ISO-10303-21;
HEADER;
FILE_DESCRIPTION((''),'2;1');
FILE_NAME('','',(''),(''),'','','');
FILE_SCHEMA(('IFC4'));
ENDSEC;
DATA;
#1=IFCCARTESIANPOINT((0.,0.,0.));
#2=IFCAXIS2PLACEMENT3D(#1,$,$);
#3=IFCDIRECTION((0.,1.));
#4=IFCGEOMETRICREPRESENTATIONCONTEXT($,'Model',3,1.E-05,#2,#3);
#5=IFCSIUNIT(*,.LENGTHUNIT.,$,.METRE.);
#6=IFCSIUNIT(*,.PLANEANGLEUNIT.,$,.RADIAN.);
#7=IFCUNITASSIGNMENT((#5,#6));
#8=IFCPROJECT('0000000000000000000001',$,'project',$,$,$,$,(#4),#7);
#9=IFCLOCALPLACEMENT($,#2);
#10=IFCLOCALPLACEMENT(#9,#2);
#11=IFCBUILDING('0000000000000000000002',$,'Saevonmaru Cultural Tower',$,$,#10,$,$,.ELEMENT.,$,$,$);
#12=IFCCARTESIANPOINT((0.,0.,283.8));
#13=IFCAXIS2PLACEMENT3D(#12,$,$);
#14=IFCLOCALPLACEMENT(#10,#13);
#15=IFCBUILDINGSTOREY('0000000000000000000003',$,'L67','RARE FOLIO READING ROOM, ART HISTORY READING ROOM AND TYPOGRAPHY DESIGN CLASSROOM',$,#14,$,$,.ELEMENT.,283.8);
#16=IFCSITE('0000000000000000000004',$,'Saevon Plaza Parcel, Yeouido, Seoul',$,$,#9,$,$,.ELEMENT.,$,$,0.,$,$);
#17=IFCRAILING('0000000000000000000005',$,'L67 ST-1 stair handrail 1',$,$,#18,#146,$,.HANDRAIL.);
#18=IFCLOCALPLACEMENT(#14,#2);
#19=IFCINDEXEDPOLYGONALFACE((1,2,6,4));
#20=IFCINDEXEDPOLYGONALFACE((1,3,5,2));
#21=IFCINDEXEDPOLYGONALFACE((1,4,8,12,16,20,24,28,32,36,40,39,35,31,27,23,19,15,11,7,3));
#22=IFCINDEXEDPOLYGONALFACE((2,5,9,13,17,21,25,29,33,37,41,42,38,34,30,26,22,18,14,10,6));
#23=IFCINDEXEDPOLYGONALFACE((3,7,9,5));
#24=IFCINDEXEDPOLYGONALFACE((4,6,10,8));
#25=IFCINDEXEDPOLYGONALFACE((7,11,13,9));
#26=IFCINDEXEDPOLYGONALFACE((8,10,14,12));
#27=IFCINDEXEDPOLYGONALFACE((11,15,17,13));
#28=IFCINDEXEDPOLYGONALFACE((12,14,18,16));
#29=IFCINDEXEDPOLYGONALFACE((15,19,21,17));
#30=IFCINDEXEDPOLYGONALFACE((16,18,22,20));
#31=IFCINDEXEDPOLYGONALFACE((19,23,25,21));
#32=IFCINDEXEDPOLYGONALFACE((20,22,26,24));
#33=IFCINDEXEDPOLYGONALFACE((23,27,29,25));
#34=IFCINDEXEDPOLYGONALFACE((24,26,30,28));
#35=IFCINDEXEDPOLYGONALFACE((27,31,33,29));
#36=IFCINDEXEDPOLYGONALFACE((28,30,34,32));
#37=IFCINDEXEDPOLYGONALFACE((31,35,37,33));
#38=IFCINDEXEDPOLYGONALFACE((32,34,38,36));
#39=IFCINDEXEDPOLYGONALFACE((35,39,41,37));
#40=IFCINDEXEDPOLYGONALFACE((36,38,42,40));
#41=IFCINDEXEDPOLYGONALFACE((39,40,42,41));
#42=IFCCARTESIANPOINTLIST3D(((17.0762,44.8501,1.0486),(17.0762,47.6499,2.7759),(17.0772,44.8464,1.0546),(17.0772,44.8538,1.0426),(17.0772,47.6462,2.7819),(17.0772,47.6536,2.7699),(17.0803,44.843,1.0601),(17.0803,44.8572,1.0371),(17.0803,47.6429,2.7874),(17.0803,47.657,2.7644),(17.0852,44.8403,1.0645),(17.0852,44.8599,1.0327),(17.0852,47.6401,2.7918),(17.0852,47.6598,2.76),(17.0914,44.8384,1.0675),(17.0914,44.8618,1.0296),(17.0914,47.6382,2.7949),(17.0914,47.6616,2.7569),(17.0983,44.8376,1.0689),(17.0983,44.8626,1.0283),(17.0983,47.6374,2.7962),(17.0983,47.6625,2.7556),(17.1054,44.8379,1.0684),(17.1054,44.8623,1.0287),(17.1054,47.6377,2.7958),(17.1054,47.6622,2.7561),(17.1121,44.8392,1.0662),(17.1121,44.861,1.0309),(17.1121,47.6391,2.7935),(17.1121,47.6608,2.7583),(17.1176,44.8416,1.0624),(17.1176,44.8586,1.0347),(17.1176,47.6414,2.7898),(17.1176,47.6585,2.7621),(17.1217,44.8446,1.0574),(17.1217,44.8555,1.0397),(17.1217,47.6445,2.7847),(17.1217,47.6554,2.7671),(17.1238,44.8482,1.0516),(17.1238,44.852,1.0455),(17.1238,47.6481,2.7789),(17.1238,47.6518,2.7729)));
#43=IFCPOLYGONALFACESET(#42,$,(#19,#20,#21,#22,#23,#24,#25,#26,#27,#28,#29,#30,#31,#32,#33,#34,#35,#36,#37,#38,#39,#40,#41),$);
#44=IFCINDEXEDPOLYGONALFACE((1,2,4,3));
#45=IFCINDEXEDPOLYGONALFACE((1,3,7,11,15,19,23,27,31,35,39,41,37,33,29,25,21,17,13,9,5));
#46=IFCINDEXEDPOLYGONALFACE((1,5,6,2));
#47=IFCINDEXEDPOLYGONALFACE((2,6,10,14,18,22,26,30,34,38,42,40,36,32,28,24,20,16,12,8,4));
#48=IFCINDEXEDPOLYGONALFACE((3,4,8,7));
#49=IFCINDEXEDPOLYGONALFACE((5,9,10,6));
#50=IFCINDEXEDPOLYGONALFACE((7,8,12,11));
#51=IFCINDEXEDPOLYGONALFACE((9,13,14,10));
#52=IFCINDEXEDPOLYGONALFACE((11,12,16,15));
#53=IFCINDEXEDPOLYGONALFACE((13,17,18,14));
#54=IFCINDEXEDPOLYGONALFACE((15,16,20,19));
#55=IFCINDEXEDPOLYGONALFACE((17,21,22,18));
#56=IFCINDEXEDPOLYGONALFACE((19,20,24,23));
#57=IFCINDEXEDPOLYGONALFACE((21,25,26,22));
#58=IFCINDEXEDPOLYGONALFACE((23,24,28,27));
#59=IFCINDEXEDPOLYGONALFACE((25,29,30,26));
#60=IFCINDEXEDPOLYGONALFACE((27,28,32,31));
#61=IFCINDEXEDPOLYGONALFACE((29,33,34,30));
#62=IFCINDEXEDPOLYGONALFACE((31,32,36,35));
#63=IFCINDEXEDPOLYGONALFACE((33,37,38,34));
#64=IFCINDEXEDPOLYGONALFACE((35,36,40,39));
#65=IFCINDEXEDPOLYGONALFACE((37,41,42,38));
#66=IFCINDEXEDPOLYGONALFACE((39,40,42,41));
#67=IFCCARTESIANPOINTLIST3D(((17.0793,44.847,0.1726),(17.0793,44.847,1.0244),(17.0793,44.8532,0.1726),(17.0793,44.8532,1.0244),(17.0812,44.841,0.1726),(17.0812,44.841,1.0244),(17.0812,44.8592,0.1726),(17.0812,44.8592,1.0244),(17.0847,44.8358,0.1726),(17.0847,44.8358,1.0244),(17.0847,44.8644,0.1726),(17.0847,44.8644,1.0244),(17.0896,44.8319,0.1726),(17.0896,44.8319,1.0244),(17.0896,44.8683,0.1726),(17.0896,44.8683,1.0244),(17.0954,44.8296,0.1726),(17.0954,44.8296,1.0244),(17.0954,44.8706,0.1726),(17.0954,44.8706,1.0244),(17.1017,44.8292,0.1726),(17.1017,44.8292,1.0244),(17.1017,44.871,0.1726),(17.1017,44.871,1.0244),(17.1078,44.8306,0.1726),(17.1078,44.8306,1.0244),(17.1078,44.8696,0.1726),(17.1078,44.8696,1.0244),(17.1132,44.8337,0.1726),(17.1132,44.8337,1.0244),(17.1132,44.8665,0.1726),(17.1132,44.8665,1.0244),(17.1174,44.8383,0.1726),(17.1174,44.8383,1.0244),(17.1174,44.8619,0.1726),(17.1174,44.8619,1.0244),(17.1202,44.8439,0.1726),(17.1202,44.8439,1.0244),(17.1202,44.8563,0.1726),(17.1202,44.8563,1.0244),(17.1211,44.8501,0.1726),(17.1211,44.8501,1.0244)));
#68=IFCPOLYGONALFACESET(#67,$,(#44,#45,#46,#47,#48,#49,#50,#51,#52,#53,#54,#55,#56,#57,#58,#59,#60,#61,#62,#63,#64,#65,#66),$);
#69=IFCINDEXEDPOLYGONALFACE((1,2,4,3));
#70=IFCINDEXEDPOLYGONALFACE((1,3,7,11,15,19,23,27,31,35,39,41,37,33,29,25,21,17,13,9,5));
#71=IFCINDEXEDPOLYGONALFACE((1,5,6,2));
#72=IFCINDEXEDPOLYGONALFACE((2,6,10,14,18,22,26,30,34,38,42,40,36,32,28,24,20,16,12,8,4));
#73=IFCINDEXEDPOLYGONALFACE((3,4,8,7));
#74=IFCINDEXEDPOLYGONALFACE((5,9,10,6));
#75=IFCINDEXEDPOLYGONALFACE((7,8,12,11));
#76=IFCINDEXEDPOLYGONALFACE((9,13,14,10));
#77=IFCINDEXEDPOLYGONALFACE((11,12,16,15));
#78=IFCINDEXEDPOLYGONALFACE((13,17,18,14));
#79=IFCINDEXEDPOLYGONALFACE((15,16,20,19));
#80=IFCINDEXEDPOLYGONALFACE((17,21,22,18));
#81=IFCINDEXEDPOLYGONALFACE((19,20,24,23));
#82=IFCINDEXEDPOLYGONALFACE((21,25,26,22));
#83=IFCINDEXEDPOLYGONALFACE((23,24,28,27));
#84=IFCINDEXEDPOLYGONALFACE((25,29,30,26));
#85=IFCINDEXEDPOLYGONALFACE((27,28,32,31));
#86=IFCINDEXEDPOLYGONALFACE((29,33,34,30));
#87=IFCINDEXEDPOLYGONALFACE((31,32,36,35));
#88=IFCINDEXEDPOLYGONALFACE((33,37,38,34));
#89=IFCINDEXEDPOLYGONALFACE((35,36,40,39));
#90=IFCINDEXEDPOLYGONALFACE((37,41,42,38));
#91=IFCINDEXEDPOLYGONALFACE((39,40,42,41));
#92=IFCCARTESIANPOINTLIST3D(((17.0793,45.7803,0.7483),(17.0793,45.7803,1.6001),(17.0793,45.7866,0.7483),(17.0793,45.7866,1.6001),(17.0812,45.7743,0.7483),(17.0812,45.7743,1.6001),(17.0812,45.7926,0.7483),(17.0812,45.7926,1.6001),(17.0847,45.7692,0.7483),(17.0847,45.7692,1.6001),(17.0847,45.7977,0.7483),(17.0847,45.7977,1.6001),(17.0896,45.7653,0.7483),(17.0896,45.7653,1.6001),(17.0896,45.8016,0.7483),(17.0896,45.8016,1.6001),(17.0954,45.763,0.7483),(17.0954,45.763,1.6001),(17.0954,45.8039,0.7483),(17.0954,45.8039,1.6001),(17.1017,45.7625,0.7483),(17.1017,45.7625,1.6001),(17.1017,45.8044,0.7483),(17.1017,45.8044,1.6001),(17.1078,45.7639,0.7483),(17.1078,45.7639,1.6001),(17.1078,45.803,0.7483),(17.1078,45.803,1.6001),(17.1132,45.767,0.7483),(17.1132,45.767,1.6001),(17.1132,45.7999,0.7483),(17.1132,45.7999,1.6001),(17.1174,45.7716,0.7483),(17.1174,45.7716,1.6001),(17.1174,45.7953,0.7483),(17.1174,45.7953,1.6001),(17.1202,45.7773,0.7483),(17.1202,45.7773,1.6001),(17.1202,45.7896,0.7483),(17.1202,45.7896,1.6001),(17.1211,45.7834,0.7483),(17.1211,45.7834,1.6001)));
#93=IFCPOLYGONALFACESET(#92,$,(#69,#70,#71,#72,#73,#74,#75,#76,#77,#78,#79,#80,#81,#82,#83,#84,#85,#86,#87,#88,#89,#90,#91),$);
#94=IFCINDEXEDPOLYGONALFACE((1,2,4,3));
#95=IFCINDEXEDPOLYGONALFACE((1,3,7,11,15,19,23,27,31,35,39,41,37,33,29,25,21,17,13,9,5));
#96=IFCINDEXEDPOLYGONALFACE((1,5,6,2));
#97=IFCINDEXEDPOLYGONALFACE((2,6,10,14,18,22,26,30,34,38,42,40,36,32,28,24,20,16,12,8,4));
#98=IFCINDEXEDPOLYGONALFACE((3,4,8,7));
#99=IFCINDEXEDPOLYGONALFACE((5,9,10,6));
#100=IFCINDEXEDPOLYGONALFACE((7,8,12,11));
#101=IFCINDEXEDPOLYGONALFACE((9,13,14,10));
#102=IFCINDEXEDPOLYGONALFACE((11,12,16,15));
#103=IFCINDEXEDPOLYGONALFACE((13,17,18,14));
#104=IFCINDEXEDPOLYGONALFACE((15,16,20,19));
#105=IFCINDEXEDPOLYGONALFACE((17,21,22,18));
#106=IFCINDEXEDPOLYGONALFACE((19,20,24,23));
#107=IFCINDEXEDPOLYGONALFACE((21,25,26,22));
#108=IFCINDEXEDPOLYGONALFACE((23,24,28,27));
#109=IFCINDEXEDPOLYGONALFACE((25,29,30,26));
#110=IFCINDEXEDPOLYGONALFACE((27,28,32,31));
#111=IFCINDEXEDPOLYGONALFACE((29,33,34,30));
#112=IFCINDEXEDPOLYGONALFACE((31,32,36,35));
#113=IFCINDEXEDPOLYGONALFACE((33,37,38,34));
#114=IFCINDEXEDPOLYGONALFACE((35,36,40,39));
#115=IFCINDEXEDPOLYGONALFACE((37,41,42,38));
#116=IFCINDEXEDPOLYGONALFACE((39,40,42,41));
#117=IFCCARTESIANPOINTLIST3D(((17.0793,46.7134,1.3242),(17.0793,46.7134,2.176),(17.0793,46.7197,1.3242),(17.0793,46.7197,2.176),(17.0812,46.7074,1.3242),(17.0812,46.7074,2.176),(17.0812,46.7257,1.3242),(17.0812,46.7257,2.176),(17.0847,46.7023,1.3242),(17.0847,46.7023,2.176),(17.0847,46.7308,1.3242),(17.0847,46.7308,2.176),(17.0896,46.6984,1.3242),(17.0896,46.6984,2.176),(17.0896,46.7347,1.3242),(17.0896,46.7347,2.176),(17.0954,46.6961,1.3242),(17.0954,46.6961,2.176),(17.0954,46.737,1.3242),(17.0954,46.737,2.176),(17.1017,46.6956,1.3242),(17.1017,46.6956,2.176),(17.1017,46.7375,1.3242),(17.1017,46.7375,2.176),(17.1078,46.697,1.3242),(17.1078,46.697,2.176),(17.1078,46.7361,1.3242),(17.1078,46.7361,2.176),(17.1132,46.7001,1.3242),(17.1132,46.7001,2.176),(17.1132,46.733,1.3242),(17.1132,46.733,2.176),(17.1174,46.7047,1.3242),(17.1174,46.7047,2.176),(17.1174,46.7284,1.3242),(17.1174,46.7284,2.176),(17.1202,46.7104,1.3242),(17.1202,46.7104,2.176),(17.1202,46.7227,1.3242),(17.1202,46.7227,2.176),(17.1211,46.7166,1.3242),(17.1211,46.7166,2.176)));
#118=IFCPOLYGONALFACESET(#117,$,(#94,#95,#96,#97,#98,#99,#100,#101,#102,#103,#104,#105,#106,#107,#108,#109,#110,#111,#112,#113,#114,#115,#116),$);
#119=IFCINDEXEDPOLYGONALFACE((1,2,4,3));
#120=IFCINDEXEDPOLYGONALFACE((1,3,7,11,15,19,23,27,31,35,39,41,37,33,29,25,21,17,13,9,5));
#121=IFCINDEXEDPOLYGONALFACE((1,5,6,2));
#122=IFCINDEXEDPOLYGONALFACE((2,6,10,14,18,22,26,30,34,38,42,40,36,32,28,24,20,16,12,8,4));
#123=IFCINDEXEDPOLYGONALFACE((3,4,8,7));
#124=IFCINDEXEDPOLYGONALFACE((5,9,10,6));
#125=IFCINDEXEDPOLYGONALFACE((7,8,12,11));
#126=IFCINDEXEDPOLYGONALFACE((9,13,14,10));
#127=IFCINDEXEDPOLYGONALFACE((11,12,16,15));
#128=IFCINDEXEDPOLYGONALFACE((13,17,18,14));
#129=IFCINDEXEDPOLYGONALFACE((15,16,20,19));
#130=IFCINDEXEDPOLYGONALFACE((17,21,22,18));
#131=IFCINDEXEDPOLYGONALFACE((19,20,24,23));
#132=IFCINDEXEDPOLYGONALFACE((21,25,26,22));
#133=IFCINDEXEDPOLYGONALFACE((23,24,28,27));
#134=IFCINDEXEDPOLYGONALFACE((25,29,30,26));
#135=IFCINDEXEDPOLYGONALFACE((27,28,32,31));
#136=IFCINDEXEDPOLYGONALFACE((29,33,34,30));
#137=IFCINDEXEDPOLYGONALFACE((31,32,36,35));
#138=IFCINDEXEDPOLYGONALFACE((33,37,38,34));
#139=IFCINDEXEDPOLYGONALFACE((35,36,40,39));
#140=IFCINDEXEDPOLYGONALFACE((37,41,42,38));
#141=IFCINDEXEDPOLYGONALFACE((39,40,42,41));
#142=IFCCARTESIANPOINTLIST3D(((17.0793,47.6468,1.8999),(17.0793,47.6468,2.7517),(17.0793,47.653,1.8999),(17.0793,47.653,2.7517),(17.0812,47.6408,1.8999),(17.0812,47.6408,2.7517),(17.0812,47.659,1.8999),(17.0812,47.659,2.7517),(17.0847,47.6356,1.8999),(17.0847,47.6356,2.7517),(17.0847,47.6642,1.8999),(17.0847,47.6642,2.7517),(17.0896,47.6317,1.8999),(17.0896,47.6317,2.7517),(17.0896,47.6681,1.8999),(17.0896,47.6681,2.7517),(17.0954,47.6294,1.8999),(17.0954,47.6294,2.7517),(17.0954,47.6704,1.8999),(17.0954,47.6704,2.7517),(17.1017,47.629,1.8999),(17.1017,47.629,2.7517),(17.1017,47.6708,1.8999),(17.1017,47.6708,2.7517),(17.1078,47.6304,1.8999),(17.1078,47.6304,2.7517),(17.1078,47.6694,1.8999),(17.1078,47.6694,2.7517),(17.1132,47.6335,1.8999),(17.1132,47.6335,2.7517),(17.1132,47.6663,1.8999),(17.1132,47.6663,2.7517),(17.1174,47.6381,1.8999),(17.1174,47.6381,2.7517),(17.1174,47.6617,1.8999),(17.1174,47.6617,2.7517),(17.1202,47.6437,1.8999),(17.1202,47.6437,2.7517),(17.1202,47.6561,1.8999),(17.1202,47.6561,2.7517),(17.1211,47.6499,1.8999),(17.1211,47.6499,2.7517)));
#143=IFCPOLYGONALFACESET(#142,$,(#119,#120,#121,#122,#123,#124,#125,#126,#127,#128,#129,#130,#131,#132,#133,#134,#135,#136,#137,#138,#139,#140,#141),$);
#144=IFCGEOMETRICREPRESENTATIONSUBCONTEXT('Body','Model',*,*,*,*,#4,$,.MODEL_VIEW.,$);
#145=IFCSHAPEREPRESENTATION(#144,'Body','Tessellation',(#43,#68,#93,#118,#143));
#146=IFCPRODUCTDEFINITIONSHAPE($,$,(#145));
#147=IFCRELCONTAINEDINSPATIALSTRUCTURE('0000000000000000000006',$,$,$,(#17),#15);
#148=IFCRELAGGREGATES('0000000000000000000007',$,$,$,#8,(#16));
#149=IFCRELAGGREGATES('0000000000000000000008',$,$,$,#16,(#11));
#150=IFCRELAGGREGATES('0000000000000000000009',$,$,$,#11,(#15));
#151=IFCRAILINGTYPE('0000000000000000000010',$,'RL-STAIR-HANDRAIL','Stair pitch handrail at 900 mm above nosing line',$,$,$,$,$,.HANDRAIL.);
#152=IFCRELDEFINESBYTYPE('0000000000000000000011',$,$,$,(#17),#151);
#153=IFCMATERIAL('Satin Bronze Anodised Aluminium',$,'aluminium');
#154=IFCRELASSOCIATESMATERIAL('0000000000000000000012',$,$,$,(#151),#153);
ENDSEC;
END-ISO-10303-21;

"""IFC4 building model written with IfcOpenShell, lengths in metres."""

from ifc_helpers import new_model, si_unit, direction, frame, origin, origin_2d, place, context, subcontext, project, spatial, circle, extrude, material, type_object, element, save


model = new_model("IFC4")

# Units and contexts
model_context = context("Model", 3, precision=1e-05, world=origin(), true_north=direction((0.0, 1.0)))
body_context = subcontext(model_context, "Body", "Model", "MODEL_VIEW")
ifc_project = project(units=[si_unit("LENGTHUNIT", "METRE"), si_unit("PLANEANGLEUNIT", "RADIAN")], contexts=[model_context])

# Site, building, storey
site_placement = place(None, origin())
site = spatial("IfcSite", under=ifc_project, at=site_placement, Name="Saevon Plaza Parcel, Yeouido, Seoul", CompositionType="ELEMENT", RefElevation=0.0)
building_placement = place(site_placement, origin())
building = spatial("IfcBuilding", under=site, at=building_placement, Name="Saevonmaru Cultural Tower", CompositionType="ELEMENT")
storey_placement = place(building_placement, frame((0.0, 0.0, 283.8)))
storey = spatial("IfcBuildingStorey", under=building, at=storey_placement, Name="L67", Description="RARE FOLIO READING ROOM, ART HISTORY READING ROOM AND TYPOGRAPHY DESIGN CLASSROOM", CompositionType="ELEMENT", Elevation=283.8)

# Shared definitions
ifc_material_1 = material(Name="Satin Bronze Anodised Aluminium", Category="aluminium")

# Railing
railing_type_1 = type_object("IfcRailingType", Name="RL-STAIR-HANDRAIL", Description="Stair pitch handrail at 900 mm above nosing line", PredefinedType="HANDRAIL", material=ifc_material_1)
railing_1_placement = place(storey_placement, frame((17.1001, 44.8501, 0.1726)))
element("IfcRailing", 1, at=railing_1_placement, inside=storey, type_object=railing_type_1, Name="L67 ST-1 stair handrail 1", PredefinedType="HANDRAIL", context=body_context, shape_type="SweptSolid", body=[
    extrude(circle(Radius=0.0239, at=origin_2d()), frame((0.0, 0.0, 0.876), z_axis=(0.0, 0.851069, 0.525054), x_axis=(-1.0, 0.0, 0.0)), (0.0, 0.0, 1.0), 3.2898),
    extrude(circle(Radius=0.021, at=origin_2d()), origin(), (0.0, 0.0, 1.0), 0.8518),
    extrude(circle(Radius=0.021, at=origin_2d()), frame((0.0, 0.9333, 0.5757)), (0.0, 0.0, 1.0), 0.8518),
    extrude(circle(Radius=0.021, at=origin_2d()), frame((0.0, 1.8665, 1.1516)), (0.0, 0.0, 1.0), 0.8518),
    extrude(circle(Radius=0.021, at=origin_2d()), frame((0.0, 2.7998, 1.7273)), (0.0, 0.0, 1.0), 0.8518),
])

save(model, "model.ifc")
